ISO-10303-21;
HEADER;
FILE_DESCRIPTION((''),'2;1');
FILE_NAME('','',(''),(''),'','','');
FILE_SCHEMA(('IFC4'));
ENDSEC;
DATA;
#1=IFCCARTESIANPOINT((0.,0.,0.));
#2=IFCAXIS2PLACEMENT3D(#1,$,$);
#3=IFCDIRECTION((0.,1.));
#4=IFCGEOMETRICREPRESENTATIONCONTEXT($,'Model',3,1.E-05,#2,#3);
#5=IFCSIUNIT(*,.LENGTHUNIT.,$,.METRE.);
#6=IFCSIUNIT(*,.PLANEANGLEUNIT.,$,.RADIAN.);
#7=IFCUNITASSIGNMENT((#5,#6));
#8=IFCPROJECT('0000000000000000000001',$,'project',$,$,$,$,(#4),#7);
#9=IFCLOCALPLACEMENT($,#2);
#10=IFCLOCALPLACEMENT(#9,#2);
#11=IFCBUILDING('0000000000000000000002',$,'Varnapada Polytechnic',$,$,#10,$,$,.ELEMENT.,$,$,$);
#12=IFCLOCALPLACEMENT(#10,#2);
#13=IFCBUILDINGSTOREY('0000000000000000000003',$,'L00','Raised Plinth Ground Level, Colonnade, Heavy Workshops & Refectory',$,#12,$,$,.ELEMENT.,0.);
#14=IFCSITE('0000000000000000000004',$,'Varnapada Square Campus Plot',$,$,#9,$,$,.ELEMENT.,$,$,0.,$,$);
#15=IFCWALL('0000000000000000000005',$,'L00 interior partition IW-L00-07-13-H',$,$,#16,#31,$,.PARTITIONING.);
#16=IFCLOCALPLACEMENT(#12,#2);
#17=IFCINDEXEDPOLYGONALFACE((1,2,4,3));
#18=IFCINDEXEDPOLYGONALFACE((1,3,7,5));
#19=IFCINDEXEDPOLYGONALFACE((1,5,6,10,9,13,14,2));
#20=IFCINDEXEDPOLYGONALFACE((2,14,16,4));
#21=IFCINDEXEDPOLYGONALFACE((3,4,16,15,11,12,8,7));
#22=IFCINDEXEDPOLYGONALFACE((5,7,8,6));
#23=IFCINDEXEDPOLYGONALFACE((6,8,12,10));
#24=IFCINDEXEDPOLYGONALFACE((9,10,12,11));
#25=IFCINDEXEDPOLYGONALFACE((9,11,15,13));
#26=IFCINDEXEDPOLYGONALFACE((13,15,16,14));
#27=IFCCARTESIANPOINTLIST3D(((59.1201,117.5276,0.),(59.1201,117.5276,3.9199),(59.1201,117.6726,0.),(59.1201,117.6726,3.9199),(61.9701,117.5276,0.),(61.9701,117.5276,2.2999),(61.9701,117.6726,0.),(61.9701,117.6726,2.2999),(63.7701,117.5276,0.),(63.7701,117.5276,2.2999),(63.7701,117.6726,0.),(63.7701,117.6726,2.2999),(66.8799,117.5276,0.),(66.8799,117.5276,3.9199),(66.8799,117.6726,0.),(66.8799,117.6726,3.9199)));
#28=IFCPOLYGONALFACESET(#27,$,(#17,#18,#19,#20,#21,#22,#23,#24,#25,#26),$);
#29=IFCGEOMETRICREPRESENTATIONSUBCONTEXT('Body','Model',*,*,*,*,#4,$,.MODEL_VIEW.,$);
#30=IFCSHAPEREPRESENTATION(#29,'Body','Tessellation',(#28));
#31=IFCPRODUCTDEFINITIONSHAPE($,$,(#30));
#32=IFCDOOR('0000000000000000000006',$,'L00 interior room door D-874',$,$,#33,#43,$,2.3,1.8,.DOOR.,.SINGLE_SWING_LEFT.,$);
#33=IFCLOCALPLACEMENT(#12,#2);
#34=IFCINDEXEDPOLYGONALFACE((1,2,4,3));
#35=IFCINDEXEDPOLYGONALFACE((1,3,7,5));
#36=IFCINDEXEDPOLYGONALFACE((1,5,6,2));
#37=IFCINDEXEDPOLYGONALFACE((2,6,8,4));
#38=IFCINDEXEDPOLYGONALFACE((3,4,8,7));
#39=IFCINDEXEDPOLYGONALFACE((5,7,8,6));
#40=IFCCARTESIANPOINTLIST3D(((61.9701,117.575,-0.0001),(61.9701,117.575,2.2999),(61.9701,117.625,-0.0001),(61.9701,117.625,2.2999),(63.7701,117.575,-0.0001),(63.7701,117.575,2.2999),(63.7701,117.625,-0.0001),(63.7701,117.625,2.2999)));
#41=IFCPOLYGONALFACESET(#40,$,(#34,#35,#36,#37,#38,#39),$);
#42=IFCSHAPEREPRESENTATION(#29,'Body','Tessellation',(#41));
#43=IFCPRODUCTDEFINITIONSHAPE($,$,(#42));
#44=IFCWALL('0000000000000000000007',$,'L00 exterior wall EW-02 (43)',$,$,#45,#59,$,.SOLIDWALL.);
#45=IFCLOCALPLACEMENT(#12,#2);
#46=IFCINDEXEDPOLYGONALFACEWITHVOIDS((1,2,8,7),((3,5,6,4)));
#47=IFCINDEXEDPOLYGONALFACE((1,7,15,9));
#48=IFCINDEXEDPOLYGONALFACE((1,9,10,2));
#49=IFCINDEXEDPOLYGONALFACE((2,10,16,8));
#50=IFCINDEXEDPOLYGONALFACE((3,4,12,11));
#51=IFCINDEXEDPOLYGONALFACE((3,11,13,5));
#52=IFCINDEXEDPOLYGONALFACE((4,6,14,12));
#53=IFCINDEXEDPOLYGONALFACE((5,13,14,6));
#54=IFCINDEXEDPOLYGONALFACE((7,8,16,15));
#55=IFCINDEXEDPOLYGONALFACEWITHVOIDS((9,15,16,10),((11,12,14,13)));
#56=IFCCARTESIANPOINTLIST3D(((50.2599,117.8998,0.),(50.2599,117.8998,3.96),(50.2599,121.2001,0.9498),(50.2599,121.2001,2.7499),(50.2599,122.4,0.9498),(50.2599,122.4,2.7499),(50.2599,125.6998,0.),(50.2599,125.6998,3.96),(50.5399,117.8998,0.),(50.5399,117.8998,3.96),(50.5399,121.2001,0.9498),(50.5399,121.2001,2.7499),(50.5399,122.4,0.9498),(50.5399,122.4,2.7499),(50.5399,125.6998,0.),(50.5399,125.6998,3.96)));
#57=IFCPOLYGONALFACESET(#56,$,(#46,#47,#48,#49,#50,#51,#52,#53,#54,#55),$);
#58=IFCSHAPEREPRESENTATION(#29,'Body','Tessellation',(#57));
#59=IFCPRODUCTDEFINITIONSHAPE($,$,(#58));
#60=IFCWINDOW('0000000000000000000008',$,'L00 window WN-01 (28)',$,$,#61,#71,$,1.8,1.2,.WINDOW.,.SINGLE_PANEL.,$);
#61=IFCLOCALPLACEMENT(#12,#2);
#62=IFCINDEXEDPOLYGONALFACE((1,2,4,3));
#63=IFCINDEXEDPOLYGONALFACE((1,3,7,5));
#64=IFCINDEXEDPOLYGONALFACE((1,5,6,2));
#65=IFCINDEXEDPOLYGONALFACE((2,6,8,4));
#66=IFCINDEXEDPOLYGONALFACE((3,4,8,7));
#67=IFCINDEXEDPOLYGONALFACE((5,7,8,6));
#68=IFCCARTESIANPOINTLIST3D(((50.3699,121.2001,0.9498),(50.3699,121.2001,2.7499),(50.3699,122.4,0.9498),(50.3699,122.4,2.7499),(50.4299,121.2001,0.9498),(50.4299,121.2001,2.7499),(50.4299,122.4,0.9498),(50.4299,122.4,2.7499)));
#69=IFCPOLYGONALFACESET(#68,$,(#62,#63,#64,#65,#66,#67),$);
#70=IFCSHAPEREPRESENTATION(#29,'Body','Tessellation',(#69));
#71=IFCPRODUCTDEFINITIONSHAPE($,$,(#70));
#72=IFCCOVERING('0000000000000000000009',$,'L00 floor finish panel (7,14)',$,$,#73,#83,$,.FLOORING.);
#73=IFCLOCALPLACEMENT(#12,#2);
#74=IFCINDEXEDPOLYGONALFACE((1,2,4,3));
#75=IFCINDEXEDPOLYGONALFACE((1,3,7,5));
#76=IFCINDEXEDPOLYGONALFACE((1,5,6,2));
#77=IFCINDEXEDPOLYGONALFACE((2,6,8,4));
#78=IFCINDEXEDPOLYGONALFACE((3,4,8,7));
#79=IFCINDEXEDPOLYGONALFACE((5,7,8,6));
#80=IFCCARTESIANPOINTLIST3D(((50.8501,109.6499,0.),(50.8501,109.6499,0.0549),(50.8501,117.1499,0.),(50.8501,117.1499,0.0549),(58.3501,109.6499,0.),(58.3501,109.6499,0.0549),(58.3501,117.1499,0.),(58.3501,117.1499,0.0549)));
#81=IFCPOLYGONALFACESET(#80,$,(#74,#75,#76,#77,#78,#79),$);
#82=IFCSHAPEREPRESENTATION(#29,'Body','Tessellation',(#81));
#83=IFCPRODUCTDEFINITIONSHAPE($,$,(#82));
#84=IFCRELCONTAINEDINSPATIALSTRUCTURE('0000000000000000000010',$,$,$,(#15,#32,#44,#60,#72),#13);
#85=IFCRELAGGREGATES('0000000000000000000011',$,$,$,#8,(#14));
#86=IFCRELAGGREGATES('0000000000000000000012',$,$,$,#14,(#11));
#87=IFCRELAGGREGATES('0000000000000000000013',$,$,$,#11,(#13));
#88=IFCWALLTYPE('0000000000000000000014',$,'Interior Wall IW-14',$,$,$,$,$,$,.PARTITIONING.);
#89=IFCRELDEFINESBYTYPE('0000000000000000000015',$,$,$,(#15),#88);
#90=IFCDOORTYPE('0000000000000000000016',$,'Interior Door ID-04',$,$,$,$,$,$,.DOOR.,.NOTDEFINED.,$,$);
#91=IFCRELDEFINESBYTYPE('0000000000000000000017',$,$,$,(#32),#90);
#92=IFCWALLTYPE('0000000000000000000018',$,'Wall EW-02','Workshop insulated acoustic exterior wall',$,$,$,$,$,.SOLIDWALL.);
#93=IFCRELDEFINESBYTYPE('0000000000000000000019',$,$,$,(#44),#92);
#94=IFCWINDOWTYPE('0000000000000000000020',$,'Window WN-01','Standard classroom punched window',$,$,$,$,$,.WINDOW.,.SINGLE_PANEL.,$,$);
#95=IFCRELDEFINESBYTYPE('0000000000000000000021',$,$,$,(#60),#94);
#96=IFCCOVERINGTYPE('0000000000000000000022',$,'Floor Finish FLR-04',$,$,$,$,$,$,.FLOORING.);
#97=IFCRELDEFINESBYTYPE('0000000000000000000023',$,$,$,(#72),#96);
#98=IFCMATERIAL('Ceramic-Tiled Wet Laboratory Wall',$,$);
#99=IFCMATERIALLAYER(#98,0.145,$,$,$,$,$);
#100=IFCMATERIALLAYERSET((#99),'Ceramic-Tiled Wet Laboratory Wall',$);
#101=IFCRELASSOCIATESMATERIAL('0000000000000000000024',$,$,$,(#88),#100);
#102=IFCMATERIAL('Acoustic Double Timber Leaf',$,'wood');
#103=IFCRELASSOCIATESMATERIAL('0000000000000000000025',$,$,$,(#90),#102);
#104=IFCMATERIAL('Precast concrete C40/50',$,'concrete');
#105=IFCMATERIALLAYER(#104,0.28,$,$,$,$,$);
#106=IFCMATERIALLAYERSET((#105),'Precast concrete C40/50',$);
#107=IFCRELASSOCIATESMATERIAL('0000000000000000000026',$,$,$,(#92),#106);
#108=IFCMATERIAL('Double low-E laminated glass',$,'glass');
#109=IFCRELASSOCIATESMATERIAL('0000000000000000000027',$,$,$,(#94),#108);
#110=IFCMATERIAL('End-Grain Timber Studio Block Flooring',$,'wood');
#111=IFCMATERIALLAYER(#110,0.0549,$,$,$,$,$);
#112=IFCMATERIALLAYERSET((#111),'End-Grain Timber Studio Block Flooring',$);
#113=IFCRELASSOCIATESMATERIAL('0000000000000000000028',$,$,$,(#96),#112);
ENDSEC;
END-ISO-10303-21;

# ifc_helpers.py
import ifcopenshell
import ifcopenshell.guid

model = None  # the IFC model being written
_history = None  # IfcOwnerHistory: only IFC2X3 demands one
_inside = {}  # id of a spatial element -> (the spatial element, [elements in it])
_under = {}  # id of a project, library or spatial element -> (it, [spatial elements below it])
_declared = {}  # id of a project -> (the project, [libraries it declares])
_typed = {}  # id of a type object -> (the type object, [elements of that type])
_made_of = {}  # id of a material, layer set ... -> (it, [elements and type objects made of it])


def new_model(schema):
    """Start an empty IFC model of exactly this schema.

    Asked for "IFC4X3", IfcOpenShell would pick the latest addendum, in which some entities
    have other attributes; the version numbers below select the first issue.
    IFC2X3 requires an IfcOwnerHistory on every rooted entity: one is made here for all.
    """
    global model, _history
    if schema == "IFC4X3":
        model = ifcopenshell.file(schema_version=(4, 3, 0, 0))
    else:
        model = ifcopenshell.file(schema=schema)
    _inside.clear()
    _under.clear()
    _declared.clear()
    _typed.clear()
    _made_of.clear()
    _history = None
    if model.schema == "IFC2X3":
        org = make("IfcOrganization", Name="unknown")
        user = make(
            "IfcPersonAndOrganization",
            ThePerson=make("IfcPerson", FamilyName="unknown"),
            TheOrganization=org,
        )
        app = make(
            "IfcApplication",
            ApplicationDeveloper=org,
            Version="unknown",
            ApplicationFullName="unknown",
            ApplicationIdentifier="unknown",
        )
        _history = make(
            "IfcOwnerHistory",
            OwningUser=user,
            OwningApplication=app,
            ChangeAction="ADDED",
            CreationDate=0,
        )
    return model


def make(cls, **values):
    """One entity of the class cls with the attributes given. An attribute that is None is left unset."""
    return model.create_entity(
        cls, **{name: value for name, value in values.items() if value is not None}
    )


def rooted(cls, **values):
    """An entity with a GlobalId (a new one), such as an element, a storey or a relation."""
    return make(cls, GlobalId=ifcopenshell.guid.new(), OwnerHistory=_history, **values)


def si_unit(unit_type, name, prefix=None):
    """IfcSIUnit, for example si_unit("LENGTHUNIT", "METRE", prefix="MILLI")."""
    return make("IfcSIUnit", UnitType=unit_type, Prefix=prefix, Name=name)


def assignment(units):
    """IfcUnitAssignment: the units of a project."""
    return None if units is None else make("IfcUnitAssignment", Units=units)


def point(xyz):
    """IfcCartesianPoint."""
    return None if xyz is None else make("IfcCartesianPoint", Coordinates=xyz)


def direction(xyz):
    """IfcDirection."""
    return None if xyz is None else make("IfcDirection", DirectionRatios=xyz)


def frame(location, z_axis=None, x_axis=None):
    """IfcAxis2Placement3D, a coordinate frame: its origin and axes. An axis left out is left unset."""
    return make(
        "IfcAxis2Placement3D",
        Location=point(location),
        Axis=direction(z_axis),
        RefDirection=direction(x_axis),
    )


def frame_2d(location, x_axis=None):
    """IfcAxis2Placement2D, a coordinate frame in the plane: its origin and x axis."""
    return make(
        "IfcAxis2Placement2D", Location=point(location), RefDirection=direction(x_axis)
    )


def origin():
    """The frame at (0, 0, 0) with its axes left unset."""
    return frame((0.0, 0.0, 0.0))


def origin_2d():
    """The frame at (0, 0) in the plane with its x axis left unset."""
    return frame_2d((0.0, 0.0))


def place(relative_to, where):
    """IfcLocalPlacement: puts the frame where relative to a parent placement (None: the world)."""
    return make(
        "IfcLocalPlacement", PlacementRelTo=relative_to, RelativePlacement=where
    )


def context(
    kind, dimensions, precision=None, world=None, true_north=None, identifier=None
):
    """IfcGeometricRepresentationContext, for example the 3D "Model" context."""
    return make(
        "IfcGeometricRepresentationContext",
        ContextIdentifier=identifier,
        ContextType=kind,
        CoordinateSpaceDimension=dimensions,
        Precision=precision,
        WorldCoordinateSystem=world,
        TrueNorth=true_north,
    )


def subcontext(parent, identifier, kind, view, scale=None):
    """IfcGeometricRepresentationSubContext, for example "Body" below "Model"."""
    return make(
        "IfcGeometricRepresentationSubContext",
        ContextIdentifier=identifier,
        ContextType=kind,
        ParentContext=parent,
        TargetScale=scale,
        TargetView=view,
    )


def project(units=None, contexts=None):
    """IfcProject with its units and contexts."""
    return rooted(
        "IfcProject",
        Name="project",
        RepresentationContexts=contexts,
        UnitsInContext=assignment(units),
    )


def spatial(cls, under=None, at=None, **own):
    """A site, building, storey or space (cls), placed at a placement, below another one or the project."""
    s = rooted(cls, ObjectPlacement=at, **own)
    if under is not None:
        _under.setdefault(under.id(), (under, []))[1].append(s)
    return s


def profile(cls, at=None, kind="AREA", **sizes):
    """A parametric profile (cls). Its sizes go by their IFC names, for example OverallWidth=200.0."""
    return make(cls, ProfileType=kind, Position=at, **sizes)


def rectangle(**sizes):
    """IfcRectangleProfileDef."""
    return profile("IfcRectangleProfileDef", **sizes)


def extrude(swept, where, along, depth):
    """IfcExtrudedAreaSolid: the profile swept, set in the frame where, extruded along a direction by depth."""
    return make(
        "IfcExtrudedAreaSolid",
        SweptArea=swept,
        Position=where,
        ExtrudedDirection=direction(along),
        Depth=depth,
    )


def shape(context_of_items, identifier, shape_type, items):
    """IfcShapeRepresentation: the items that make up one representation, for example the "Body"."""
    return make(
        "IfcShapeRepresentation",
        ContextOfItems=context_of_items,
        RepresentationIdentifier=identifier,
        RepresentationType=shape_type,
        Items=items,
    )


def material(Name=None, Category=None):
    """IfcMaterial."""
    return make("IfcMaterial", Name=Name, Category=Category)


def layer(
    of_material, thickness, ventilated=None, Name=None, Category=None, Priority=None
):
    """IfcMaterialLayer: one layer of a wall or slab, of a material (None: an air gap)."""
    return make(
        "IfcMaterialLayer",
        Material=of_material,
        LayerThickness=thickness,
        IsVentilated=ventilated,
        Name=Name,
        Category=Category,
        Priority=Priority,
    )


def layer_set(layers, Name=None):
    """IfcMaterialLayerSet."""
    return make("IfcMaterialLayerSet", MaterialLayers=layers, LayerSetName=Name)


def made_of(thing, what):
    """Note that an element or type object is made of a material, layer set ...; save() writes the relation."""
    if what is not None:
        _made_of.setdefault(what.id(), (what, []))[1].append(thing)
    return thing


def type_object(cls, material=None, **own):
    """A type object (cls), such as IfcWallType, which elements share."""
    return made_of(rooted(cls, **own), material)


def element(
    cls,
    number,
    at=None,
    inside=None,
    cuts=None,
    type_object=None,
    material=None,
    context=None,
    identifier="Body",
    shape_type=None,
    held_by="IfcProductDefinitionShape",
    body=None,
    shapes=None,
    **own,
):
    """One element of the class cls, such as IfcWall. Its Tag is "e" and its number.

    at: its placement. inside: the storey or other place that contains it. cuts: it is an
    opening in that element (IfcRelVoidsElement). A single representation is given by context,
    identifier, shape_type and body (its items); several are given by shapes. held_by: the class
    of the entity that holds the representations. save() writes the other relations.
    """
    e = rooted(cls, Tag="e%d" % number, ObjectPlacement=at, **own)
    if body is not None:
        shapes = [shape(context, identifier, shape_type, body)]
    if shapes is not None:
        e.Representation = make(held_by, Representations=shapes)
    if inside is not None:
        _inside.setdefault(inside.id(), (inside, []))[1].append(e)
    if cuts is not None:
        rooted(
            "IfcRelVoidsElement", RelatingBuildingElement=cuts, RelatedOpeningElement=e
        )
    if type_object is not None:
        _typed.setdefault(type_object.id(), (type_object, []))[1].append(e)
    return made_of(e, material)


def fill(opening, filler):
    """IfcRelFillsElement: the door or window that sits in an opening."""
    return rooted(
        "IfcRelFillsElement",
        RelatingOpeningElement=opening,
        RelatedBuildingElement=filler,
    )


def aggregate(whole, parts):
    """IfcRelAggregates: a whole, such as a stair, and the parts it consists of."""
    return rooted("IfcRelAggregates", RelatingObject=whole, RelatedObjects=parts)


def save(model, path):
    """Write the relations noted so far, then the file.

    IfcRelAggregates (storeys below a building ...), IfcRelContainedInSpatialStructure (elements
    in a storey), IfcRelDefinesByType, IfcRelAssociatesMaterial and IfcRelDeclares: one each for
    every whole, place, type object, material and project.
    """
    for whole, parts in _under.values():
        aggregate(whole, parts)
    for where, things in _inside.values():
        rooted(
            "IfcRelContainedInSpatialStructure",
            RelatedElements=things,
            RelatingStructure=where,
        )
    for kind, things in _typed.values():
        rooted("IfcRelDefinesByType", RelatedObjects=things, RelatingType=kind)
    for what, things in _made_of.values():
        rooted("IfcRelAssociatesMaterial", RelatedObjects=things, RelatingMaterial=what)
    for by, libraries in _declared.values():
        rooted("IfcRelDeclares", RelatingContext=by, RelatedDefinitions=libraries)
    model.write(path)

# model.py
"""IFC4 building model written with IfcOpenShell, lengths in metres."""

from ifc_helpers import new_model, si_unit, direction, frame, frame_2d, origin, origin_2d, place, context, subcontext, project, spatial, rectangle, extrude, material, layer, layer_set, type_object, element, fill, save


model = new_model("IFC4")

# Units and contexts
model_context = context("Model", 3, precision=1e-05, world=origin(), true_north=direction((0.0, 1.0)))
body_context = subcontext(model_context, "Body", "Model", "MODEL_VIEW")
ifc_project = project(units=[si_unit("LENGTHUNIT", "METRE"), si_unit("PLANEANGLEUNIT", "RADIAN")], contexts=[model_context])

# Site, building, storey
site_placement = place(None, origin())
site = spatial("IfcSite", under=ifc_project, at=site_placement, Name="Varnapada Square Campus Plot", CompositionType="ELEMENT", RefElevation=0.0)
building_placement = place(site_placement, origin())
building = spatial("IfcBuilding", under=site, at=building_placement, Name="Varnapada Polytechnic", CompositionType="ELEMENT")
storey_placement = place(building_placement, origin())
storey = spatial("IfcBuildingStorey", under=building, at=storey_placement, Name="L00", Description="Raised Plinth Ground Level, Colonnade, Heavy Workshops & Refectory", CompositionType="ELEMENT", Elevation=0.0)

# Wall, opening, door
ifc_material_1 = material(Name="Ceramic-Tiled Wet Laboratory Wall")
ifc_layer_1 = layer(ifc_material_1, 0.145)
ifc_layer_set_1 = layer_set([ifc_layer_1], Name="Ceramic-Tiled Wet Laboratory Wall")
wall_type_1 = type_object("IfcWallType", Name="Interior Wall IW-14", PredefinedType="PARTITIONING", material=ifc_layer_set_1)
wall_1_placement = place(storey_placement, frame((59.1201, 117.6001, 0.0), z_axis=(0.0, 0.0, 1.0), x_axis=(1.0, 0.0, 0.0)))
wall_1 = element("IfcWall", 1, at=wall_1_placement, inside=storey, type_object=wall_type_1, Name="L00 interior partition IW-L00-07-13-H", PredefinedType="PARTITIONING", context=body_context, shape_type="SweptSolid", body=[
    extrude(rectangle(XDim=7.7598, YDim=0.145, at=frame_2d((3.8799, 0.0))), origin(), (0.0, 0.0, 1.0), 3.9199),
])
opening_1_placement = place(wall_1_placement, frame((2.8501, 0.0, 0.0)))
opening_1 = element("IfcOpeningElement", 2, at=opening_1_placement, cuts=wall_1, PredefinedType="OPENING", context=body_context, shape_type="SweptSolid", body=[
    extrude(rectangle(XDim=1.8, YDim=2.3, at=frame_2d((0.8999, 1.1499))), frame((0.0, 0.0825, 0.0), z_axis=(0.0, -1.0, 0.0), x_axis=(1.0, 0.0, 0.0)), (0.0, 0.0, 1.0), 0.165),
])
ifc_material_2 = material(Name="Acoustic Double Timber Leaf", Category="wood")
door_type_1 = type_object("IfcDoorType", Name="Interior Door ID-04", OperationType="NOTDEFINED", PredefinedType="DOOR", material=ifc_material_2)
door_1_placement = place(opening_1_placement, origin())
door_1 = element("IfcDoor", 3, at=door_1_placement, inside=storey, type_object=door_type_1, Name="L00 interior room door D-874", OperationType="SINGLE_SWING_LEFT", OverallHeight=2.3, OverallWidth=1.8, PredefinedType="DOOR", context=body_context, shape_type="SweptSolid", body=[
    extrude(rectangle(XDim=1.8, YDim=2.3, at=frame_2d((0.8999, 1.1499))), frame((0.0, 0.0249, 0.0), z_axis=(0.0, -1.0, 0.0), x_axis=(1.0, 0.0, 0.0)), (0.0, 0.0, 1.0), 0.05),
])
fill(opening_1, door_1)

# Wall, opening, window
ifc_material_3 = material(Name="Precast concrete C40/50", Category="concrete")
ifc_layer_2 = layer(ifc_material_3, 0.28)
ifc_layer_set_2 = layer_set([ifc_layer_2], Name="Precast concrete C40/50")
wall_type_2 = type_object("IfcWallType", Name="Wall EW-02", Description="Workshop insulated acoustic exterior wall", PredefinedType="SOLIDWALL", material=ifc_layer_set_2)
wall_2_placement = place(storey_placement, frame((50.3999, 117.8999, 0.0), z_axis=(0.0, 0.0, 1.0), x_axis=(0.0, 1.0, 0.0)))
wall_2 = element("IfcWall", 4, at=wall_2_placement, inside=storey, type_object=wall_type_2, Name="L00 exterior wall EW-02 (43)", PredefinedType="SOLIDWALL", context=body_context, shape_type="SweptSolid", body=[
    extrude(rectangle(XDim=7.8, YDim=0.28, at=frame_2d((3.8999, 0.0))), origin(), (0.0, 0.0, 1.0), 3.96),
])
opening_2_placement = place(wall_2_placement, frame((3.3, 0.0, 0.95)))
opening_2 = element("IfcOpeningElement", 5, at=opening_2_placement, cuts=wall_2, PredefinedType="OPENING", context=body_context, shape_type="SweptSolid", body=[
    extrude(rectangle(XDim=1.2, YDim=1.8, at=frame_2d((0.6001, 0.8999))), frame((0.0, 0.1499, 0.0), z_axis=(0.0, -1.0, 0.0), x_axis=(1.0, 0.0, 0.0)), (0.0, 0.0, 1.0), 0.3),
])
ifc_material_4 = material(Name="Double low-E laminated glass", Category="glass")
window_type = type_object("IfcWindowType", Name="Window WN-01", Description="Standard classroom punched window", PartitioningType="SINGLE_PANEL", PredefinedType="WINDOW", material=ifc_material_4)
window_placement = place(opening_2_placement, origin())
window = element("IfcWindow", 6, at=window_placement, inside=storey, type_object=window_type, Name="L00 window WN-01 (28)", OverallHeight=1.8, OverallWidth=1.2, PartitioningType="SINGLE_PANEL", PredefinedType="WINDOW", context=body_context, shape_type="SweptSolid", body=[
    extrude(rectangle(XDim=1.2, YDim=1.8, at=frame_2d((0.6001, 0.8999))), frame((0.0, 0.03, 0.0), z_axis=(0.0, -1.0, 0.0), x_axis=(1.0, 0.0, 0.0)), (0.0, 0.0, 1.0), 0.0601),
])
fill(opening_2, window)

# Covering
ifc_material_5 = material(Name="End-Grain Timber Studio Block Flooring", Category="wood")
ifc_layer_3 = layer(ifc_material_5, 0.0549)
ifc_layer_set_3 = layer_set([ifc_layer_3], Name="End-Grain Timber Studio Block Flooring")
covering_type = type_object("IfcCoveringType", Name="Floor Finish FLR-04", PredefinedType="FLOORING", material=ifc_layer_set_3)
covering_placement = place(storey_placement, frame((54.6001, 113.3999, 0.0), z_axis=(0.0, 0.0, 1.0), x_axis=(1.0, 0.0, 0.0)))
element("IfcCovering", 7, at=covering_placement, inside=storey, type_object=covering_type, Name="L00 floor finish panel (7,14)", PredefinedType="FLOORING", context=body_context, shape_type="SweptSolid", body=[
    extrude(rectangle(XDim=7.5, YDim=7.5, at=origin_2d()), origin(), (0.0, 0.0, 1.0), 0.0549),
])

save(model, "model.ifc")
